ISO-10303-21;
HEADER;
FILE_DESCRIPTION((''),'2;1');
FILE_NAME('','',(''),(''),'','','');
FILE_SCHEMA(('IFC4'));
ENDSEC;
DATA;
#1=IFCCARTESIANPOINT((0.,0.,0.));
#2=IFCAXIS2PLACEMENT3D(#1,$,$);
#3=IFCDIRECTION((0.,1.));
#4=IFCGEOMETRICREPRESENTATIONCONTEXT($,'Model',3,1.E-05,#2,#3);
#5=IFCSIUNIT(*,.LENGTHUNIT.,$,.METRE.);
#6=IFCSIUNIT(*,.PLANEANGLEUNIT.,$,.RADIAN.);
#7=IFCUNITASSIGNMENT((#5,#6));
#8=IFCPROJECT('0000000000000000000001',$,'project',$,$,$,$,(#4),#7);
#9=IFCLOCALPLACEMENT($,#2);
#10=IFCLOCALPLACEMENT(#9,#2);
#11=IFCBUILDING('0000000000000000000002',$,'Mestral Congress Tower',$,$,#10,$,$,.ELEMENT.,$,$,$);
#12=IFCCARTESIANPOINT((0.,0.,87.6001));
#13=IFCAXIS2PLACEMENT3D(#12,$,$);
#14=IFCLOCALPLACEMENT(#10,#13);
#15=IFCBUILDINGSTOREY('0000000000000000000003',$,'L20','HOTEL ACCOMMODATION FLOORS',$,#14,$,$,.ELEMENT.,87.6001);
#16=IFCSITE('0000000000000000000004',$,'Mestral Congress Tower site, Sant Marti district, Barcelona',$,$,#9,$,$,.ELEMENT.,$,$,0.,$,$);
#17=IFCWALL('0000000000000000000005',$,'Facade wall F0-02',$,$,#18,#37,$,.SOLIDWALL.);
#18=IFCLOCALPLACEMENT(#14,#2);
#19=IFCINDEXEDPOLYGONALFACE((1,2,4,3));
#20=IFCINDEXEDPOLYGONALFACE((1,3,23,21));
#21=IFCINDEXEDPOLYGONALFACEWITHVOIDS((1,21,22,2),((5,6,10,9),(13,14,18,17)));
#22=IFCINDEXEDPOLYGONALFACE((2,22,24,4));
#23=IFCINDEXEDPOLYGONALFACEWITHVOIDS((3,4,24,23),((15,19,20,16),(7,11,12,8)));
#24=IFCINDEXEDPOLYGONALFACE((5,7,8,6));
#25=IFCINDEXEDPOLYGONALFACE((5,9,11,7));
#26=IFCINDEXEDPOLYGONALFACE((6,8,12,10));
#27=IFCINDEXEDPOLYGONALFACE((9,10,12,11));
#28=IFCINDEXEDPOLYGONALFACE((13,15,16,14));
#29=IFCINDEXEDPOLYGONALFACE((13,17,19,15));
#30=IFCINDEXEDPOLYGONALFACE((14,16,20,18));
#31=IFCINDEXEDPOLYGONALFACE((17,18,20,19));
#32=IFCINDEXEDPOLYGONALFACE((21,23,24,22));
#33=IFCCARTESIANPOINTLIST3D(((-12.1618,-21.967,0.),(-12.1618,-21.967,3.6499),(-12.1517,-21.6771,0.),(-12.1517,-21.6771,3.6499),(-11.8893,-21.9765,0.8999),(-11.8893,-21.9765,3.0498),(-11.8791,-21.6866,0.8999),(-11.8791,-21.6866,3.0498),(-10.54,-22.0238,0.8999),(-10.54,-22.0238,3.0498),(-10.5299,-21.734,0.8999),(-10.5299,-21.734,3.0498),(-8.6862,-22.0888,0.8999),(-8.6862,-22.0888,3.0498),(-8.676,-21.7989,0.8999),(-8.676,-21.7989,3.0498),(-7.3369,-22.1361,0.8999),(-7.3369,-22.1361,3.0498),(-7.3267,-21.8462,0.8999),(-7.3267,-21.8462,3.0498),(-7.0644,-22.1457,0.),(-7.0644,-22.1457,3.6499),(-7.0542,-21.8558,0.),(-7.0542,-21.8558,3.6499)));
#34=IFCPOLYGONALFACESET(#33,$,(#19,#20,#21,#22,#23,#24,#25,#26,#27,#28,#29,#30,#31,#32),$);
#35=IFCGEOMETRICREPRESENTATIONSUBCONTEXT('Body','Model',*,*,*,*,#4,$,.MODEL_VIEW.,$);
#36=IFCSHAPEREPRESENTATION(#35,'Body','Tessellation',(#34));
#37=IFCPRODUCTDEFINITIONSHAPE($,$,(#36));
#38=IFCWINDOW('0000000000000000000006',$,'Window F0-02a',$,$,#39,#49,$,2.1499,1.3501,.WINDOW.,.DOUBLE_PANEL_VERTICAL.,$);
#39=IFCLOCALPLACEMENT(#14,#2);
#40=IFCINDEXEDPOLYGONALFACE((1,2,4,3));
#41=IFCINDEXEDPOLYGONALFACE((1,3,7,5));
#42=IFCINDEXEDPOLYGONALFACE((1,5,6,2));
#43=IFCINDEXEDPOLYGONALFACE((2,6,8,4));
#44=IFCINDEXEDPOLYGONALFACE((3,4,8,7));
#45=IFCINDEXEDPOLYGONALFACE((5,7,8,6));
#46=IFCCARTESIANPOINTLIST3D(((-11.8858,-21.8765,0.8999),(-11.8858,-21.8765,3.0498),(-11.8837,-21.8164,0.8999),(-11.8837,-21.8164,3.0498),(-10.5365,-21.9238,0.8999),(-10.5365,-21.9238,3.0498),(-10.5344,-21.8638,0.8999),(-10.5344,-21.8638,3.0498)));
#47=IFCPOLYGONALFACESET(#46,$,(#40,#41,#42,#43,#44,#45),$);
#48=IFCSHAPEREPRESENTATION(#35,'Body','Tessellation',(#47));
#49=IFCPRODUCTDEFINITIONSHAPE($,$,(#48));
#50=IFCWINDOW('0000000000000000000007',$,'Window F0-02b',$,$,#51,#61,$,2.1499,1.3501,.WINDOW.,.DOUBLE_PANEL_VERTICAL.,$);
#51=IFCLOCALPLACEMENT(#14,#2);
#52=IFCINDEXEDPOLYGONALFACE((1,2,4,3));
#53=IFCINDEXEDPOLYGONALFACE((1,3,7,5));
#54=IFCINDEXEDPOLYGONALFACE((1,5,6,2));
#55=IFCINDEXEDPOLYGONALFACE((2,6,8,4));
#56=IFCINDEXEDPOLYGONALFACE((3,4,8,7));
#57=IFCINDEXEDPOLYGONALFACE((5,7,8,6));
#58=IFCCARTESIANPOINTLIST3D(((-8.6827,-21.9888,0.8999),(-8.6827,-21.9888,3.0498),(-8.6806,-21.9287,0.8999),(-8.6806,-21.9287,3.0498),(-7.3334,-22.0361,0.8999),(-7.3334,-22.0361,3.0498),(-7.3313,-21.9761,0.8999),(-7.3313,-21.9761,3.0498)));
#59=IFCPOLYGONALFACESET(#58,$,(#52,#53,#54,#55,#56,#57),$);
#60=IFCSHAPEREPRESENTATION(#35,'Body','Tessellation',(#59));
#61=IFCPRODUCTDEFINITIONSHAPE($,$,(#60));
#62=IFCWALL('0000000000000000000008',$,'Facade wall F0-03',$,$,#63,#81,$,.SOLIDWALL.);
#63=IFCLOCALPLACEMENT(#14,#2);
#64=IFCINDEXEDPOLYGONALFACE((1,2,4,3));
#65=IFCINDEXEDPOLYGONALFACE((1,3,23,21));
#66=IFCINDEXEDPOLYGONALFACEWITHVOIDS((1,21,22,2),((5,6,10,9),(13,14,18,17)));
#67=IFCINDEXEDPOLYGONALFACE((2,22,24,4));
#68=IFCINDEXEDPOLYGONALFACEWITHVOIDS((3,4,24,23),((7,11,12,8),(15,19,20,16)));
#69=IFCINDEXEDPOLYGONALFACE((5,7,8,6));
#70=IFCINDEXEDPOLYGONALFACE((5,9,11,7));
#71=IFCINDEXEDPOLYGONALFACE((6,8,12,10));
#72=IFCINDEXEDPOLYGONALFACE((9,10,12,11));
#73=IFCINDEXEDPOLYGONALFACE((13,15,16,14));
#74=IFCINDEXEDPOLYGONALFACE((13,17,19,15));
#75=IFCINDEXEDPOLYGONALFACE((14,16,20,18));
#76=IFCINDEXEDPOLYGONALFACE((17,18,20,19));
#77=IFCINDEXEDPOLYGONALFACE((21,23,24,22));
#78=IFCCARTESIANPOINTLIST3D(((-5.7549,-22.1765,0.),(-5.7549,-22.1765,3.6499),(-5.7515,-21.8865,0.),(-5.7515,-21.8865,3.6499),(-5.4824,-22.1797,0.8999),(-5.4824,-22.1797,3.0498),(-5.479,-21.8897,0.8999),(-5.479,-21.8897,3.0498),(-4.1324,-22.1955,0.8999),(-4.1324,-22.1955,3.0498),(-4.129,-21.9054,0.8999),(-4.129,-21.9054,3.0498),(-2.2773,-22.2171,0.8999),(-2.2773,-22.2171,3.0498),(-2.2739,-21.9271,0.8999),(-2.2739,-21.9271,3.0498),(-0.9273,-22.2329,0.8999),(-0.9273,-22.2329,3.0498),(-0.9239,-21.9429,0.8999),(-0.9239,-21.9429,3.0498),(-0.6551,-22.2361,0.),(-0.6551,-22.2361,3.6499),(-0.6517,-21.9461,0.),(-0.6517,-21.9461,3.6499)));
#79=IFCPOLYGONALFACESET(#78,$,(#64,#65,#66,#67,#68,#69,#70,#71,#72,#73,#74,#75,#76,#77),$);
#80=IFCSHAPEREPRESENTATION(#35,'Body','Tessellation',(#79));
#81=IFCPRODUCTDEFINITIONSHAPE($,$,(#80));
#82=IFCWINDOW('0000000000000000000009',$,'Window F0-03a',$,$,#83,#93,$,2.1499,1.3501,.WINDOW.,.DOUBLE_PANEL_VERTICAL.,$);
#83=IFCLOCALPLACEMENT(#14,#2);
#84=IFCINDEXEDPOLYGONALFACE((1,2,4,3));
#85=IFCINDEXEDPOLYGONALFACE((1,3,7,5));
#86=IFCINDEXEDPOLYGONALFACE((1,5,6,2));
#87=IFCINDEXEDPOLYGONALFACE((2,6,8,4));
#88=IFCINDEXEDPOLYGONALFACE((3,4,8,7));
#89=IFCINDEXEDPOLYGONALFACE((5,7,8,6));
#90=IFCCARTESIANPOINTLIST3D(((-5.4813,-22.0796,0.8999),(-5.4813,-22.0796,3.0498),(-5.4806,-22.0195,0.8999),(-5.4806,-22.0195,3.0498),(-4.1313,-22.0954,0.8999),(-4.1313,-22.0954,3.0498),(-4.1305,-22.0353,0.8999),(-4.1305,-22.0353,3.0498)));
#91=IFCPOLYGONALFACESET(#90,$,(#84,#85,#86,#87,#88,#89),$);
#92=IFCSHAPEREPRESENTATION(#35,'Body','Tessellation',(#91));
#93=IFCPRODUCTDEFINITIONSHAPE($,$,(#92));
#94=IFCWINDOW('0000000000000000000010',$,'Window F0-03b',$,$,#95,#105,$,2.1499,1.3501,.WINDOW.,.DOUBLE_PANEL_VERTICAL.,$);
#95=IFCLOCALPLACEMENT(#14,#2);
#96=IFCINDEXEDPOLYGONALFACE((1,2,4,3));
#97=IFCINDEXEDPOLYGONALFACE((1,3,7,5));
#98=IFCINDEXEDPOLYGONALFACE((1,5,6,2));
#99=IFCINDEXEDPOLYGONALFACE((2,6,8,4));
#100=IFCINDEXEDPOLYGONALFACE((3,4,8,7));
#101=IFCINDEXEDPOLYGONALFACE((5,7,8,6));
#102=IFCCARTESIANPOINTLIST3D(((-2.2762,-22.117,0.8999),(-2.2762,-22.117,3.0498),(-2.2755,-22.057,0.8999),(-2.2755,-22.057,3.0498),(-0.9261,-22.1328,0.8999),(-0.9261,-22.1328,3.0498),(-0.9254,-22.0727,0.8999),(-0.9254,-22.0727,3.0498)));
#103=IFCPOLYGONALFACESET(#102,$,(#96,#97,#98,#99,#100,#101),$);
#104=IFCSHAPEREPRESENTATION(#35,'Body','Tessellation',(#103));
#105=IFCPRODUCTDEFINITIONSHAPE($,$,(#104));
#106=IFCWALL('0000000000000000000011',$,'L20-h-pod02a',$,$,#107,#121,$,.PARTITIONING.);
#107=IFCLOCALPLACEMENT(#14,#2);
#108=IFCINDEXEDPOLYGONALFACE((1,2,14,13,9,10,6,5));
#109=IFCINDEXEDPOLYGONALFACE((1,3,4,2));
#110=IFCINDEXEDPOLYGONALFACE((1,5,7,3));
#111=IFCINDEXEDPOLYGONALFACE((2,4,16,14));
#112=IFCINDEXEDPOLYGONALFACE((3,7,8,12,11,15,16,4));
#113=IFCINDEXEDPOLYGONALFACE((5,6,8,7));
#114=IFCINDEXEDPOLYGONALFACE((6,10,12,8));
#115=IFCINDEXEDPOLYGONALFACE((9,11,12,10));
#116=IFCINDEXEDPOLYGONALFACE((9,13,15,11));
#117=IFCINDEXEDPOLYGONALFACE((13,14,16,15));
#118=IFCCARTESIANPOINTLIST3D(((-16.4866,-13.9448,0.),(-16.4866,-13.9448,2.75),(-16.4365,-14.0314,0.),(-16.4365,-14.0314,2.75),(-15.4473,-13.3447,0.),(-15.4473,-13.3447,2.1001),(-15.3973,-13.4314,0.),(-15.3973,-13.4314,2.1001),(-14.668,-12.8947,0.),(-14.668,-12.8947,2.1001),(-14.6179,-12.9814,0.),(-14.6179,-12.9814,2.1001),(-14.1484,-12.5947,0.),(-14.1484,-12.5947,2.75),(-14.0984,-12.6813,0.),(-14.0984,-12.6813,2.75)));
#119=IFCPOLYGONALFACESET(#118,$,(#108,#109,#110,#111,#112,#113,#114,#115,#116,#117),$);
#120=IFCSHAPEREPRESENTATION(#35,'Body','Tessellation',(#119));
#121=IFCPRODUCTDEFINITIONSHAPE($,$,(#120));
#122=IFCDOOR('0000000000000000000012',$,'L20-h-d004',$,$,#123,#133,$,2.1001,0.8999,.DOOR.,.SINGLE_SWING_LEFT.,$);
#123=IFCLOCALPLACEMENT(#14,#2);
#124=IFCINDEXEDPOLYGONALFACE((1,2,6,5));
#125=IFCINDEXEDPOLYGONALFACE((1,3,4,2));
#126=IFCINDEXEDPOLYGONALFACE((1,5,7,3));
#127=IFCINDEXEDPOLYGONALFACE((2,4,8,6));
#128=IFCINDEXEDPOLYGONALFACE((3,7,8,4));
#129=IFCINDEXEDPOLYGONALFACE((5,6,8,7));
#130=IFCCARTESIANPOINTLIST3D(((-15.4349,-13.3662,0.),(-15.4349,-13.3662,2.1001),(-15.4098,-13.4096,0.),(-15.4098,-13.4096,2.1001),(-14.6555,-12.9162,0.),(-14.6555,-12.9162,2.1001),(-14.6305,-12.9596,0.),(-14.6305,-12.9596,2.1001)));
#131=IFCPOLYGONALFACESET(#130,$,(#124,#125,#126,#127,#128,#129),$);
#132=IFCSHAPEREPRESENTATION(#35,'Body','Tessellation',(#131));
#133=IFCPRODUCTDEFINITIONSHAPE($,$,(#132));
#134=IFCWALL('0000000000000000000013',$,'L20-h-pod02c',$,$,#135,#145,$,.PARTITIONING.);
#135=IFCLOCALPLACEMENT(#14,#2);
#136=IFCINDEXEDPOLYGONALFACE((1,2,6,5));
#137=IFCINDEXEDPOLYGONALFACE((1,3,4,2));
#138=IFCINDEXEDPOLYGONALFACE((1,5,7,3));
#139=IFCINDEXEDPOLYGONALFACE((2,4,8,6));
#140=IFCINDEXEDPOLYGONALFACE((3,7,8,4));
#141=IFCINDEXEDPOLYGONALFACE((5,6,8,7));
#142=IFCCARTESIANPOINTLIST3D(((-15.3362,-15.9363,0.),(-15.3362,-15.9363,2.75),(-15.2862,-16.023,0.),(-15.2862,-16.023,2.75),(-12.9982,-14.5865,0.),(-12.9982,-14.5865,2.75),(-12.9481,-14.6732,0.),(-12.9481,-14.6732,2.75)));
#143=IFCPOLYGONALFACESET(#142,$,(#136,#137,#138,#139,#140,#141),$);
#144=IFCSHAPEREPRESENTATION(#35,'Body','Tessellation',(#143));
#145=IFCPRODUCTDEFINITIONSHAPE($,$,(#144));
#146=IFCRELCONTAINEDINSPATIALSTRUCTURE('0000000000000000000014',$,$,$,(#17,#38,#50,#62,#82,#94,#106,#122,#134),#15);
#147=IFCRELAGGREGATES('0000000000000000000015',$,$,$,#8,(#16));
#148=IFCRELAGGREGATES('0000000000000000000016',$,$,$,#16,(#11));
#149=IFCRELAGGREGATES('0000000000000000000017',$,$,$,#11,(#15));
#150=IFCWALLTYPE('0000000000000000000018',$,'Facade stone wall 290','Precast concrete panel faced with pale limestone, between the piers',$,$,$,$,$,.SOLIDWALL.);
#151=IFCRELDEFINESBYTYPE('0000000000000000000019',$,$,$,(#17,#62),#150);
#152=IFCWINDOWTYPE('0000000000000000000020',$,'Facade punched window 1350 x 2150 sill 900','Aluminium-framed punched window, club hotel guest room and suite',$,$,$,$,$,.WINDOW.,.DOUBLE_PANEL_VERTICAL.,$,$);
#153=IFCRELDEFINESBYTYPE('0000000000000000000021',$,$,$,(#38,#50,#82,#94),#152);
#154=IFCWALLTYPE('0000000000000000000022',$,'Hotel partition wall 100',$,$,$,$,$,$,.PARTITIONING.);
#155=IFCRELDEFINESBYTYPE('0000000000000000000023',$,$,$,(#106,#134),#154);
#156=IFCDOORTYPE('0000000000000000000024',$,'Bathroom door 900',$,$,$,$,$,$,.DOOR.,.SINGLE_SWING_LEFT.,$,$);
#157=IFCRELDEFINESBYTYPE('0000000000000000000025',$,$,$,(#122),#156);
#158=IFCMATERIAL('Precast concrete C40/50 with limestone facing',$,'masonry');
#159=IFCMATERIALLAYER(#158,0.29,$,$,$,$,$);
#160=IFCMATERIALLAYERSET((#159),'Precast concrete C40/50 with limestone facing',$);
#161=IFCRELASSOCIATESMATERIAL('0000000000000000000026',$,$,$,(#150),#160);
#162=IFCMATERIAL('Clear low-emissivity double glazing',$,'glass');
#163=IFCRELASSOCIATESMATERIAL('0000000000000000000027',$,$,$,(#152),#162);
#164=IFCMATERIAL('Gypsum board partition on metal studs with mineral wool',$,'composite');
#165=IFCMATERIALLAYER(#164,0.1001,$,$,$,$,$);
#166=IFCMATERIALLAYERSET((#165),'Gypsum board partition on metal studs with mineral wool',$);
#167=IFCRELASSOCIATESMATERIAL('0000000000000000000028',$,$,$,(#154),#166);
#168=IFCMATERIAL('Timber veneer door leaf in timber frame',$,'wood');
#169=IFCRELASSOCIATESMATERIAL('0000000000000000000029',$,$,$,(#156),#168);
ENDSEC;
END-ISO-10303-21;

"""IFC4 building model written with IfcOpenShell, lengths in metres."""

from ifc_helpers import new_model, si_unit, direction, frame, frame_2d, origin, place, context, subcontext, project, spatial, rectangle, extrude, material, layer, layer_set, type_object, element, fill, save


model = new_model("IFC4")

# Units and contexts
model_context = context("Model", 3, precision=1e-05, world=origin(), true_north=direction((0.0, 1.0)))
body_context = subcontext(model_context, "Body", "Model", "MODEL_VIEW")
ifc_project = project(units=[si_unit("LENGTHUNIT", "METRE"), si_unit("PLANEANGLEUNIT", "RADIAN")], contexts=[model_context])

# Site, building, storey
site_placement = place(None, origin())
site = spatial("IfcSite", under=ifc_project, at=site_placement, Name="Mestral Congress Tower site, Sant Marti district, Barcelona", CompositionType="ELEMENT", RefElevation=0.0)
building_placement = place(site_placement, origin())
building = spatial("IfcBuilding", under=site, at=building_placement, Name="Mestral Congress Tower", CompositionType="ELEMENT")
storey_placement = place(building_placement, frame((0.0, 0.0, 87.6001)))
storey = spatial("IfcBuildingStorey", under=building, at=storey_placement, Name="L20", Description="HOTEL ACCOMMODATION FLOORS", CompositionType="ELEMENT", Elevation=87.6001)

# Walls, openings, windows
ifc_material_1 = material(Name="Precast concrete C40/50 with limestone facing", Category="masonry")
ifc_layer_1 = layer(ifc_material_1, 0.29)
ifc_layer_set_1 = layer_set([ifc_layer_1], Name="Precast concrete C40/50 with limestone facing")
wall_type_1 = type_object("IfcWallType", Name="Facade stone wall 290", Description="Precast concrete panel faced with pale limestone, between the piers", PredefinedType="SOLIDWALL", material=ifc_layer_set_1)
wall_1_placement = place(storey_placement, frame((-12.1567, -21.822, 0.0), z_axis=(0.0, 0.0, 1.0), x_axis=(0.999386, -0.035038, 0.0)))
wall_1 = element("IfcWall", 1, at=wall_1_placement, inside=storey, type_object=wall_type_1, Name="Facade wall F0-02", PredefinedType="SOLIDWALL", context=body_context, shape_type="SweptSolid", body=[
    extrude(rectangle(XDim=5.1006, YDim=0.29, at=frame_2d((2.5503, 0.0))), origin(), (0.0, 0.0, 1.0), 3.6499),
])
opening_1_placement = place(wall_1_placement, frame((0.2727, 0.0, 0.8999)))
opening_1 = element("IfcOpeningElement", 2, at=opening_1_placement, cuts=wall_1, PredefinedType="OPENING", context=body_context, shape_type="SweptSolid", body=[
    extrude(rectangle(XDim=1.3501, YDim=2.1499, at=frame_2d((0.675, 1.075))), frame((0.0, 0.155, 0.0), z_axis=(0.0, -1.0, 0.0), x_axis=(1.0, 0.0, 0.0)), (0.0, 0.0, 1.0), 0.3101),
])
opening_2_placement = place(wall_1_placement, frame((3.4778, 0.0, 0.8999)))
opening_2 = element("IfcOpeningElement", 3, at=opening_2_placement, cuts=wall_1, PredefinedType="OPENING", context=body_context, shape_type="SweptSolid", body=[
    extrude(rectangle(XDim=1.3501, YDim=2.1499, at=frame_2d((0.675, 1.075))), frame((0.0, 0.155, 0.0), z_axis=(0.0, -1.0, 0.0), x_axis=(1.0, 0.0, 0.0)), (0.0, 0.0, 1.0), 0.3101),
])
ifc_material_2 = material(Name="Clear low-emissivity double glazing", Category="glass")
window_type = type_object("IfcWindowType", Name="Facade punched window 1350 x 2150 sill 900", Description="Aluminium-framed punched window, club hotel guest room and suite", PartitioningType="DOUBLE_PANEL_VERTICAL", PredefinedType="WINDOW", material=ifc_material_2)
window_1_placement = place(opening_1_placement, origin())
window_1 = element("IfcWindow", 4, at=window_1_placement, inside=storey, type_object=window_type, Name="Window F0-02a", OverallHeight=2.1499, OverallWidth=1.3501, PartitioningType="DOUBLE_PANEL_VERTICAL", PredefinedType="WINDOW", context=body_context, shape_type="SweptSolid", body=[
    extrude(rectangle(XDim=1.3501, YDim=2.1499, at=frame_2d((0.675, 1.075))), frame((0.0, 0.0151, 0.0), z_axis=(0.0, -1.0, 0.0), x_axis=(1.0, 0.0, 0.0)), (0.0, 0.0, 1.0), 0.0601),
])
fill(opening_1, window_1)
window_2_placement = place(opening_2_placement, origin())
window_2 = element("IfcWindow", 5, at=window_2_placement, inside=storey, type_object=window_type, Name="Window F0-02b", OverallHeight=2.1499, OverallWidth=1.3501, PartitioningType="DOUBLE_PANEL_VERTICAL", PredefinedType="WINDOW", context=body_context, shape_type="SweptSolid", body=[
    extrude(rectangle(XDim=1.3501, YDim=2.1499, at=frame_2d((0.675, 1.075))), frame((0.0, 0.0151, 0.0), z_axis=(0.0, -1.0, 0.0), x_axis=(1.0, 0.0, 0.0)), (0.0, 0.0, 1.0), 0.0601),
])
fill(opening_2, window_2)
wall_2_placement = place(storey_placement, frame((-5.7532, -22.0315, 0.0), z_axis=(0.0, 0.0, 1.0), x_axis=(0.999932, -0.01168, 0.0)))
wall_2 = element("IfcWall", 6, at=wall_2_placement, inside=storey, type_object=wall_type_1, Name="Facade wall F0-03", PredefinedType="SOLIDWALL", context=body_context, shape_type="SweptSolid", body=[
    extrude(rectangle(XDim=5.1001, YDim=0.29, at=frame_2d((2.55, 0.0))), origin(), (0.0, 0.0, 1.0), 3.6499),
])
opening_3_placement = place(wall_2_placement, frame((0.2725, 0.0, 0.8999)))
opening_3 = element("IfcOpeningElement", 7, at=opening_3_placement, cuts=wall_2, PredefinedType="OPENING", context=body_context, shape_type="SweptSolid", body=[
    extrude(rectangle(XDim=1.3501, YDim=2.1499, at=frame_2d((0.675, 1.075))), frame((0.0, 0.155, 0.0), z_axis=(0.0, -1.0, 0.0), x_axis=(1.0, 0.0, 0.0)), (0.0, 0.0, 1.0), 0.3101),
])
opening_4_placement = place(wall_2_placement, frame((3.4778, 0.0, 0.8999)))
opening_4 = element("IfcOpeningElement", 8, at=opening_4_placement, cuts=wall_2, PredefinedType="OPENING", context=body_context, shape_type="SweptSolid", body=[
    extrude(rectangle(XDim=1.3501, YDim=2.1499, at=frame_2d((0.675, 1.075))), frame((0.0, 0.155, 0.0), z_axis=(0.0, -1.0, 0.0), x_axis=(1.0, 0.0, 0.0)), (0.0, 0.0, 1.0), 0.3101),
])
window_3_placement = place(opening_3_placement, origin())
window_3 = element("IfcWindow", 9, at=window_3_placement, inside=storey, type_object=window_type, Name="Window F0-03a", OverallHeight=2.1499, OverallWidth=1.3501, PartitioningType="DOUBLE_PANEL_VERTICAL", PredefinedType="WINDOW", context=body_context, shape_type="SweptSolid", body=[
    extrude(rectangle(XDim=1.3501, YDim=2.1499, at=frame_2d((0.675, 1.075))), frame((0.0, 0.0151, 0.0), z_axis=(0.0, -1.0, 0.0), x_axis=(1.0, 0.0, 0.0)), (0.0, 0.0, 1.0), 0.0601),
])
fill(opening_3, window_3)
window_4_placement = place(opening_4_placement, origin())
window_4 = element("IfcWindow", 10, at=window_4_placement, inside=storey, type_object=window_type, Name="Window F0-03b", OverallHeight=2.1499, OverallWidth=1.3501, PartitioningType="DOUBLE_PANEL_VERTICAL", PredefinedType="WINDOW", context=body_context, shape_type="SweptSolid", body=[
    extrude(rectangle(XDim=1.3501, YDim=2.1499, at=frame_2d((0.675, 1.075))), frame((0.0, 0.0151, 0.0), z_axis=(0.0, -1.0, 0.0), x_axis=(1.0, 0.0, 0.0)), (0.0, 0.0, 1.0), 0.0601),
])
fill(opening_4, window_4)

# Wall, opening, door
ifc_material_3 = material(Name="Gypsum board partition on metal studs with mineral wool", Category="composite")
ifc_layer_2 = layer(ifc_material_3, 0.1001)
ifc_layer_set_2 = layer_set([ifc_layer_2], Name="Gypsum board partition on metal studs with mineral wool")
wall_type_2 = type_object("IfcWallType", Name="Hotel partition wall 100", PredefinedType="PARTITIONING", material=ifc_layer_set_2)
wall_3_placement = place(storey_placement, frame((-14.1233, -12.6379, 0.0), z_axis=(0.0, 0.0, 1.0), x_axis=(-0.865997, -0.500049, 0.0)))
wall_3 = element("IfcWall", 11, at=wall_3_placement, inside=storey, type_object=wall_type_2, Name="L20-h-pod02a", PredefinedType="PARTITIONING", context=body_context, shape_type="SweptSolid", body=[
    extrude(rectangle(XDim=2.7, YDim=0.1001, at=frame_2d((1.3501, 0.0))), origin(), (0.0, 0.0, 1.0), 2.75),
])
opening_5_placement = place(wall_3_placement, frame((0.6001, 0.0, 0.0)))
opening_5 = element("IfcOpeningElement", 12, at=opening_5_placement, cuts=wall_3, PredefinedType="OPENING", context=body_context, shape_type="SweptSolid", body=[
    extrude(rectangle(XDim=0.8999, YDim=2.1001, at=frame_2d((0.45, 1.05))), frame((0.0, 0.0601, 0.0), z_axis=(0.0, -1.0, 0.0), x_axis=(1.0, 0.0, 0.0)), (0.0, 0.0, 1.0), 0.1201),
])
ifc_material_4 = material(Name="Timber veneer door leaf in timber frame", Category="wood")
door_type_1 = type_object("IfcDoorType", Name="Bathroom door 900", OperationType="SINGLE_SWING_LEFT", PredefinedType="DOOR", material=ifc_material_4)
door_1_placement = place(opening_5_placement, origin())
door_1 = element("IfcDoor", 13, at=door_1_placement, inside=storey, type_object=door_type_1, Name="L20-h-d004", OperationType="SINGLE_SWING_LEFT", OverallHeight=2.1001, OverallWidth=0.8999, PredefinedType="DOOR", context=body_context, shape_type="SweptSolid", body=[
    extrude(rectangle(XDim=0.8999, YDim=2.1001, at=frame_2d((0.45, 1.05))), frame((0.0, 0.0249, 0.0), z_axis=(0.0, -1.0, 0.0), x_axis=(1.0, 0.0, 0.0)), (0.0, 0.0, 1.0), 0.05),
])
fill(opening_5, door_1)

# Wall
wall_4_placement = place(storey_placement, frame((-12.9731, -14.6299, 0.0), z_axis=(0.0, 0.0, 1.0), x_axis=(-0.866037, -0.499981, 0.0)))
element("IfcWall", 14, at=wall_4_placement, inside=storey, type_object=wall_type_2, Name="L20-h-pod02c", PredefinedType="PARTITIONING", context=body_context, shape_type="SweptSolid", body=[
    extrude(rectangle(XDim=2.6997, YDim=0.1001, at=frame_2d((1.3499, 0.0))), origin(), (0.0, 0.0, 1.0), 2.75),
])

save(model, "model.ifc")
